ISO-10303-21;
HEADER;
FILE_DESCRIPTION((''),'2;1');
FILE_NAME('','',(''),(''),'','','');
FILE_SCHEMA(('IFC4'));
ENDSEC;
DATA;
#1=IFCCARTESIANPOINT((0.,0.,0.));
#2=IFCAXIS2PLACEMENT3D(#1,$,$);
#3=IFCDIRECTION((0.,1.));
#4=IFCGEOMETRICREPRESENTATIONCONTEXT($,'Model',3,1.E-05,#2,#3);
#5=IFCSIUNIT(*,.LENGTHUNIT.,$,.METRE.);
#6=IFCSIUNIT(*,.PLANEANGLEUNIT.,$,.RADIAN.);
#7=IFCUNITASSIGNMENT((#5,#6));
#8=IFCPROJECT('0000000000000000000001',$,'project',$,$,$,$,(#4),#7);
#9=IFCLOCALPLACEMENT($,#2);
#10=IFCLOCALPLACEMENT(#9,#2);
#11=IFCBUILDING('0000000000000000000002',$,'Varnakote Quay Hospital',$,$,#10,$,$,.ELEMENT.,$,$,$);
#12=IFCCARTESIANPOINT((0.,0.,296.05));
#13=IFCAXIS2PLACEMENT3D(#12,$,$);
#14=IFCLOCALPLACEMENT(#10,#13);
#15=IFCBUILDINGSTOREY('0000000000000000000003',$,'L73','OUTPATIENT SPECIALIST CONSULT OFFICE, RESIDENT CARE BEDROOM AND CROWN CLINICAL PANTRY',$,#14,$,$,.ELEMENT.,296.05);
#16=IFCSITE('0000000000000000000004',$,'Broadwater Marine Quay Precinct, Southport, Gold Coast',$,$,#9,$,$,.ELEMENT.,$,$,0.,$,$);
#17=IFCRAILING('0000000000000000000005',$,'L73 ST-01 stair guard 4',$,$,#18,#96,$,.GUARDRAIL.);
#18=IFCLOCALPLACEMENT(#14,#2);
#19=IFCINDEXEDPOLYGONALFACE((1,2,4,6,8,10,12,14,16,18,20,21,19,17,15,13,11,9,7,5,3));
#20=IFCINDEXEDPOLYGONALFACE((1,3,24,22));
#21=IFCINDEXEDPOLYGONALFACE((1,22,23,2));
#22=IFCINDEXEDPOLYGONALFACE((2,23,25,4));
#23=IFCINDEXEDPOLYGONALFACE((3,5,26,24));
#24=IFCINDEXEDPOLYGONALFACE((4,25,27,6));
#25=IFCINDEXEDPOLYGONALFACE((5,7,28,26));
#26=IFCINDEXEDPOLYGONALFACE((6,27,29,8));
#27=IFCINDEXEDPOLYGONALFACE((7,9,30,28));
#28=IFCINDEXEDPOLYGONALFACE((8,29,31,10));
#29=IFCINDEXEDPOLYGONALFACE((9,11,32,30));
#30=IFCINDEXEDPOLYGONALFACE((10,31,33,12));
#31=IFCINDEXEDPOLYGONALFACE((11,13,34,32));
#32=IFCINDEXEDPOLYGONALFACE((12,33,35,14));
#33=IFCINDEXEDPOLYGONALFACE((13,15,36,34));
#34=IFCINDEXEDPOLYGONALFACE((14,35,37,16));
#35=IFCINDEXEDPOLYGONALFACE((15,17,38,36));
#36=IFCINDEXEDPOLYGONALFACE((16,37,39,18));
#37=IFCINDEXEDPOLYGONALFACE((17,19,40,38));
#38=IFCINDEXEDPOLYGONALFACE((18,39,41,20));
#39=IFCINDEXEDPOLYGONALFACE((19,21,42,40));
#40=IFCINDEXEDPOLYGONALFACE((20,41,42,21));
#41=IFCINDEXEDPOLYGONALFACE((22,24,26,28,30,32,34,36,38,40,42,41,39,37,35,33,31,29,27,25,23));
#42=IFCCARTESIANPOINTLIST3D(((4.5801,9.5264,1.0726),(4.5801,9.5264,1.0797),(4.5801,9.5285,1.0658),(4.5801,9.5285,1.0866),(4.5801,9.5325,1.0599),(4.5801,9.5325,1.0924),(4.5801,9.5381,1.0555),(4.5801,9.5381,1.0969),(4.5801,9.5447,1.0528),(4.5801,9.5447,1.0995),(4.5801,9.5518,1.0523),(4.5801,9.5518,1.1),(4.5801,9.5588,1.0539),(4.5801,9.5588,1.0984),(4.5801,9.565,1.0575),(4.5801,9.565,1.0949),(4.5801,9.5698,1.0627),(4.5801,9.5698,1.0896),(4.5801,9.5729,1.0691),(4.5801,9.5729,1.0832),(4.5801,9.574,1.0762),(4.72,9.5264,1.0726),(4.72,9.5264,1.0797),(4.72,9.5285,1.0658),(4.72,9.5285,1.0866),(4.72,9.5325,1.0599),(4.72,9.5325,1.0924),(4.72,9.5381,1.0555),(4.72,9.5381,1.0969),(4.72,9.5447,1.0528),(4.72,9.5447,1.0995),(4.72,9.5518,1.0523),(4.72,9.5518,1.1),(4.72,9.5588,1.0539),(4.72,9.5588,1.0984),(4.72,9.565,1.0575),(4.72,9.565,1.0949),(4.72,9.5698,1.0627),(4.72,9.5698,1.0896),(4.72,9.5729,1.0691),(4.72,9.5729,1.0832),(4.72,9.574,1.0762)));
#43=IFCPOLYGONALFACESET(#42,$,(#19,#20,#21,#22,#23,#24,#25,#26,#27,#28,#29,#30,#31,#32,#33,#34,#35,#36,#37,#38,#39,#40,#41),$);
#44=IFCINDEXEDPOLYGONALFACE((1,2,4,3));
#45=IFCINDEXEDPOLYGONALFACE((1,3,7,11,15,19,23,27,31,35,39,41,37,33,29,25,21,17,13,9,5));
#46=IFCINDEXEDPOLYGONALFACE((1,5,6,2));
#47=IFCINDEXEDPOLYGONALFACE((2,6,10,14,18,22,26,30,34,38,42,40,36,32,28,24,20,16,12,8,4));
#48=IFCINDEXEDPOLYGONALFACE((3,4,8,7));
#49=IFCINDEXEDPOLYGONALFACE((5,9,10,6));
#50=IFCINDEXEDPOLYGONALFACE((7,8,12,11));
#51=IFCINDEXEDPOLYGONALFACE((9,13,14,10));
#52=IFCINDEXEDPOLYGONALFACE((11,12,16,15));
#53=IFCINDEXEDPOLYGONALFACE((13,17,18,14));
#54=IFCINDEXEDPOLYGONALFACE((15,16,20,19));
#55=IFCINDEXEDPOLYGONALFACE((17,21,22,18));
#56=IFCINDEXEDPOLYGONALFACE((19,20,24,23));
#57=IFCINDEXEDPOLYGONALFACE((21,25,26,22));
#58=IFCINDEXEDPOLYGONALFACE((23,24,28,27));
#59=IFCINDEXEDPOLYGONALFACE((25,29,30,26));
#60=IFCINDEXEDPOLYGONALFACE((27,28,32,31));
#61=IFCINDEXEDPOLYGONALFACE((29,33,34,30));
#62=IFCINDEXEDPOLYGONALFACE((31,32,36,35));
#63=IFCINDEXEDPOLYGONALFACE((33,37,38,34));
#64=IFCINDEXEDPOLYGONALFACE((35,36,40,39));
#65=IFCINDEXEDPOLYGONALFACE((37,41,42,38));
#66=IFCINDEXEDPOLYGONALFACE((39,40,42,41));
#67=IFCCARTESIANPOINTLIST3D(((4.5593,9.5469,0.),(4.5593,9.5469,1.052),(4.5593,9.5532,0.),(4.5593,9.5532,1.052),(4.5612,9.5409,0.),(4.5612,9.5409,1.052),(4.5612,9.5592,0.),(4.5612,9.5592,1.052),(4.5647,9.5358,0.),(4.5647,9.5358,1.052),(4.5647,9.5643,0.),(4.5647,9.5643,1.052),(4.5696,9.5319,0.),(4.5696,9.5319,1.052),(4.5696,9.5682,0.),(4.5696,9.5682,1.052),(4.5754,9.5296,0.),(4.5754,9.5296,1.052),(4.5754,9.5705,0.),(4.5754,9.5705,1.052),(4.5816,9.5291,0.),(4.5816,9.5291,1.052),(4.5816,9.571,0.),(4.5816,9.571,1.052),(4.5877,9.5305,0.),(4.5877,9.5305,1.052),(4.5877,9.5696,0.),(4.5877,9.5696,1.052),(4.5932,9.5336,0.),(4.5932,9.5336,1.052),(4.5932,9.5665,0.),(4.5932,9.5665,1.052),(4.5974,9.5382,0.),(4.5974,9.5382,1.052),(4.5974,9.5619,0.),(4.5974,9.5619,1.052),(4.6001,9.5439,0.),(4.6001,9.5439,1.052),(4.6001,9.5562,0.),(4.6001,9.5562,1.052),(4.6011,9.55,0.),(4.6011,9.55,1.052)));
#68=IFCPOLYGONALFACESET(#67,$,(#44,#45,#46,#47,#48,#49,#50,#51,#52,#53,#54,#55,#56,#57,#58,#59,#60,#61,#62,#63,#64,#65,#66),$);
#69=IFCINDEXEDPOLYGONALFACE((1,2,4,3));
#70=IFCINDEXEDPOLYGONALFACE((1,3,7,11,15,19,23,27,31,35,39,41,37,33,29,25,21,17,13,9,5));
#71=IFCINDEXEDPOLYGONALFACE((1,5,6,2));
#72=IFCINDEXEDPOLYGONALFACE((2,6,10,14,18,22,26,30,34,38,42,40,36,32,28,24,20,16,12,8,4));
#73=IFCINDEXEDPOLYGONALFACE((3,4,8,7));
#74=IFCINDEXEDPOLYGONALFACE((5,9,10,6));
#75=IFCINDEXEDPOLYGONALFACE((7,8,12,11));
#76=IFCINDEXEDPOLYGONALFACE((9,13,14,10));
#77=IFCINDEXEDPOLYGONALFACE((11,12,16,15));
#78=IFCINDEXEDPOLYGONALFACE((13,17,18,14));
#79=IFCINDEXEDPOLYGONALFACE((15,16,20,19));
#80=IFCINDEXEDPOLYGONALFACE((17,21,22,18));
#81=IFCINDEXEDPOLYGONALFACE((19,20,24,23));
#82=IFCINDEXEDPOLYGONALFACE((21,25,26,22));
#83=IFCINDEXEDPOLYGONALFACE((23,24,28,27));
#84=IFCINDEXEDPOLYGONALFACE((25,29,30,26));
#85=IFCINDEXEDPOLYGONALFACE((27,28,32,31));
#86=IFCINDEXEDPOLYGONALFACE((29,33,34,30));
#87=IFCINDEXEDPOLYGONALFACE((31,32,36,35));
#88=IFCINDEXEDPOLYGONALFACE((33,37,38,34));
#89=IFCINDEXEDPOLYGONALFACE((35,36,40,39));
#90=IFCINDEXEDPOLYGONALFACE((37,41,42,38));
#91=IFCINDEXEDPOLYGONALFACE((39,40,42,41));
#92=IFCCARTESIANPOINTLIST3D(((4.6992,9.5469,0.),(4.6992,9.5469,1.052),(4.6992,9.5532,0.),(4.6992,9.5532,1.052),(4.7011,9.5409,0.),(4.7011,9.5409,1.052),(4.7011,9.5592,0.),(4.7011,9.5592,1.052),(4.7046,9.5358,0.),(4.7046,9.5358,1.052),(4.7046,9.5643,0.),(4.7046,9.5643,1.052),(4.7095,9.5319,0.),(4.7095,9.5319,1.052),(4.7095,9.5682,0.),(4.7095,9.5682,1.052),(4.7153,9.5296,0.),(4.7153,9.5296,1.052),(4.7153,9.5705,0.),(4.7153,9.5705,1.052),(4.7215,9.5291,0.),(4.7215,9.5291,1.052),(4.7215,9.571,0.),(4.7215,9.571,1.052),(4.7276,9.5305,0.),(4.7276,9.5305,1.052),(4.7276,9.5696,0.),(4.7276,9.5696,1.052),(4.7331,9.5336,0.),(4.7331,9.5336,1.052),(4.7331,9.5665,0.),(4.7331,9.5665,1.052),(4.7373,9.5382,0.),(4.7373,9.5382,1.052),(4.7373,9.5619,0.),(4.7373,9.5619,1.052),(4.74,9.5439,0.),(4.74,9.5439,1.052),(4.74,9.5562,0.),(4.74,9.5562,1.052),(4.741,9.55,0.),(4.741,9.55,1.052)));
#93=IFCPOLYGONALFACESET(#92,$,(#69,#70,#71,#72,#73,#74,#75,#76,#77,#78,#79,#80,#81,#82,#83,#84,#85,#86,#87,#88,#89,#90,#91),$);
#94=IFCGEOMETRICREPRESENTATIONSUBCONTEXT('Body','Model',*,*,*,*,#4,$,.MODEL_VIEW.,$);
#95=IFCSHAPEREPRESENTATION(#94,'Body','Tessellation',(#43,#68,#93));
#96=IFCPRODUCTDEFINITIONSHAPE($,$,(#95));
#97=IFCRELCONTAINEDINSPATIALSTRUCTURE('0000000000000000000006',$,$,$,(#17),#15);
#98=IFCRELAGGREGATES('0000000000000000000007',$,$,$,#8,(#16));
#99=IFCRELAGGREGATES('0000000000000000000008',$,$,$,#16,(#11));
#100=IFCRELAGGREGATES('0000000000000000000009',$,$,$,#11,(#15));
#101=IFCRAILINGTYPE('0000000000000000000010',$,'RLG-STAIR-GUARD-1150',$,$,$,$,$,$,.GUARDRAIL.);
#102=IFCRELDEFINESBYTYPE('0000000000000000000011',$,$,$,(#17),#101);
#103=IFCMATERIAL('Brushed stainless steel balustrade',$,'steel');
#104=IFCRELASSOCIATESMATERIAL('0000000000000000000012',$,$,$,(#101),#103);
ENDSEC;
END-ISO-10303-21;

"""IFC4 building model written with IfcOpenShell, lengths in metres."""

from ifc_helpers import new_model, si_unit, direction, frame, origin, origin_2d, place, context, subcontext, project, spatial, circle, extrude, material, type_object, element, save


model = new_model("IFC4")

# Units and contexts
model_context = context("Model", 3, precision=1e-05, world=origin(), true_north=direction((0.0, 1.0)))
body_context = subcontext(model_context, "Body", "Model", "MODEL_VIEW")
ifc_project = project(units=[si_unit("LENGTHUNIT", "METRE"), si_unit("PLANEANGLEUNIT", "RADIAN")], contexts=[model_context])

# Site, building, storey
site_placement = place(None, origin())
site = spatial("IfcSite", under=ifc_project, at=site_placement, Name="Broadwater Marine Quay Precinct, Southport, Gold Coast", CompositionType="ELEMENT", RefElevation=0.0)
building_placement = place(site_placement, origin())
building = spatial("IfcBuilding", under=site, at=building_placement, Name="Varnakote Quay Hospital", CompositionType="ELEMENT")
storey_placement = place(building_placement, frame((0.0, 0.0, 296.05)))
storey = spatial("IfcBuildingStorey", under=building, at=storey_placement, Name="L73", Description="OUTPATIENT SPECIALIST CONSULT OFFICE, RESIDENT CARE BEDROOM AND CROWN CLINICAL PANTRY", CompositionType="ELEMENT", Elevation=296.05)

# Railing
ifc_material_1 = material(Name="Brushed stainless steel balustrade", Category="steel")
railing_type_1 = type_object("IfcRailingType", Name="RLG-STAIR-GUARD-1150", PredefinedType="GUARDRAIL", material=ifc_material_1)
railing_1_placement = place(storey_placement, frame((4.5801, 9.55, 0.0)))
element("IfcRailing", 1, at=railing_1_placement, inside=storey, type_object=railing_type_1, Name="L73 ST-01 stair guard 4", PredefinedType="GUARDRAIL", context=body_context, shape_type="SweptSolid", body=[
    extrude(circle(Radius=0.0239, at=origin_2d()), frame((0.0, 0.0, 1.0762), z_axis=(1.0, 0.0, 0.0), x_axis=(0.0, 1.0, 0.0)), (0.0, 0.0, 1.0), 0.1399),
    extrude(circle(Radius=0.021, at=origin_2d()), origin(), (0.0, 0.0, 1.0), 1.052),
    extrude(circle(Radius=0.021, at=origin_2d()), frame((0.1399, 0.0, 0.0)), (0.0, 0.0, 1.0), 1.052),
])

save(model, "model.ifc")
